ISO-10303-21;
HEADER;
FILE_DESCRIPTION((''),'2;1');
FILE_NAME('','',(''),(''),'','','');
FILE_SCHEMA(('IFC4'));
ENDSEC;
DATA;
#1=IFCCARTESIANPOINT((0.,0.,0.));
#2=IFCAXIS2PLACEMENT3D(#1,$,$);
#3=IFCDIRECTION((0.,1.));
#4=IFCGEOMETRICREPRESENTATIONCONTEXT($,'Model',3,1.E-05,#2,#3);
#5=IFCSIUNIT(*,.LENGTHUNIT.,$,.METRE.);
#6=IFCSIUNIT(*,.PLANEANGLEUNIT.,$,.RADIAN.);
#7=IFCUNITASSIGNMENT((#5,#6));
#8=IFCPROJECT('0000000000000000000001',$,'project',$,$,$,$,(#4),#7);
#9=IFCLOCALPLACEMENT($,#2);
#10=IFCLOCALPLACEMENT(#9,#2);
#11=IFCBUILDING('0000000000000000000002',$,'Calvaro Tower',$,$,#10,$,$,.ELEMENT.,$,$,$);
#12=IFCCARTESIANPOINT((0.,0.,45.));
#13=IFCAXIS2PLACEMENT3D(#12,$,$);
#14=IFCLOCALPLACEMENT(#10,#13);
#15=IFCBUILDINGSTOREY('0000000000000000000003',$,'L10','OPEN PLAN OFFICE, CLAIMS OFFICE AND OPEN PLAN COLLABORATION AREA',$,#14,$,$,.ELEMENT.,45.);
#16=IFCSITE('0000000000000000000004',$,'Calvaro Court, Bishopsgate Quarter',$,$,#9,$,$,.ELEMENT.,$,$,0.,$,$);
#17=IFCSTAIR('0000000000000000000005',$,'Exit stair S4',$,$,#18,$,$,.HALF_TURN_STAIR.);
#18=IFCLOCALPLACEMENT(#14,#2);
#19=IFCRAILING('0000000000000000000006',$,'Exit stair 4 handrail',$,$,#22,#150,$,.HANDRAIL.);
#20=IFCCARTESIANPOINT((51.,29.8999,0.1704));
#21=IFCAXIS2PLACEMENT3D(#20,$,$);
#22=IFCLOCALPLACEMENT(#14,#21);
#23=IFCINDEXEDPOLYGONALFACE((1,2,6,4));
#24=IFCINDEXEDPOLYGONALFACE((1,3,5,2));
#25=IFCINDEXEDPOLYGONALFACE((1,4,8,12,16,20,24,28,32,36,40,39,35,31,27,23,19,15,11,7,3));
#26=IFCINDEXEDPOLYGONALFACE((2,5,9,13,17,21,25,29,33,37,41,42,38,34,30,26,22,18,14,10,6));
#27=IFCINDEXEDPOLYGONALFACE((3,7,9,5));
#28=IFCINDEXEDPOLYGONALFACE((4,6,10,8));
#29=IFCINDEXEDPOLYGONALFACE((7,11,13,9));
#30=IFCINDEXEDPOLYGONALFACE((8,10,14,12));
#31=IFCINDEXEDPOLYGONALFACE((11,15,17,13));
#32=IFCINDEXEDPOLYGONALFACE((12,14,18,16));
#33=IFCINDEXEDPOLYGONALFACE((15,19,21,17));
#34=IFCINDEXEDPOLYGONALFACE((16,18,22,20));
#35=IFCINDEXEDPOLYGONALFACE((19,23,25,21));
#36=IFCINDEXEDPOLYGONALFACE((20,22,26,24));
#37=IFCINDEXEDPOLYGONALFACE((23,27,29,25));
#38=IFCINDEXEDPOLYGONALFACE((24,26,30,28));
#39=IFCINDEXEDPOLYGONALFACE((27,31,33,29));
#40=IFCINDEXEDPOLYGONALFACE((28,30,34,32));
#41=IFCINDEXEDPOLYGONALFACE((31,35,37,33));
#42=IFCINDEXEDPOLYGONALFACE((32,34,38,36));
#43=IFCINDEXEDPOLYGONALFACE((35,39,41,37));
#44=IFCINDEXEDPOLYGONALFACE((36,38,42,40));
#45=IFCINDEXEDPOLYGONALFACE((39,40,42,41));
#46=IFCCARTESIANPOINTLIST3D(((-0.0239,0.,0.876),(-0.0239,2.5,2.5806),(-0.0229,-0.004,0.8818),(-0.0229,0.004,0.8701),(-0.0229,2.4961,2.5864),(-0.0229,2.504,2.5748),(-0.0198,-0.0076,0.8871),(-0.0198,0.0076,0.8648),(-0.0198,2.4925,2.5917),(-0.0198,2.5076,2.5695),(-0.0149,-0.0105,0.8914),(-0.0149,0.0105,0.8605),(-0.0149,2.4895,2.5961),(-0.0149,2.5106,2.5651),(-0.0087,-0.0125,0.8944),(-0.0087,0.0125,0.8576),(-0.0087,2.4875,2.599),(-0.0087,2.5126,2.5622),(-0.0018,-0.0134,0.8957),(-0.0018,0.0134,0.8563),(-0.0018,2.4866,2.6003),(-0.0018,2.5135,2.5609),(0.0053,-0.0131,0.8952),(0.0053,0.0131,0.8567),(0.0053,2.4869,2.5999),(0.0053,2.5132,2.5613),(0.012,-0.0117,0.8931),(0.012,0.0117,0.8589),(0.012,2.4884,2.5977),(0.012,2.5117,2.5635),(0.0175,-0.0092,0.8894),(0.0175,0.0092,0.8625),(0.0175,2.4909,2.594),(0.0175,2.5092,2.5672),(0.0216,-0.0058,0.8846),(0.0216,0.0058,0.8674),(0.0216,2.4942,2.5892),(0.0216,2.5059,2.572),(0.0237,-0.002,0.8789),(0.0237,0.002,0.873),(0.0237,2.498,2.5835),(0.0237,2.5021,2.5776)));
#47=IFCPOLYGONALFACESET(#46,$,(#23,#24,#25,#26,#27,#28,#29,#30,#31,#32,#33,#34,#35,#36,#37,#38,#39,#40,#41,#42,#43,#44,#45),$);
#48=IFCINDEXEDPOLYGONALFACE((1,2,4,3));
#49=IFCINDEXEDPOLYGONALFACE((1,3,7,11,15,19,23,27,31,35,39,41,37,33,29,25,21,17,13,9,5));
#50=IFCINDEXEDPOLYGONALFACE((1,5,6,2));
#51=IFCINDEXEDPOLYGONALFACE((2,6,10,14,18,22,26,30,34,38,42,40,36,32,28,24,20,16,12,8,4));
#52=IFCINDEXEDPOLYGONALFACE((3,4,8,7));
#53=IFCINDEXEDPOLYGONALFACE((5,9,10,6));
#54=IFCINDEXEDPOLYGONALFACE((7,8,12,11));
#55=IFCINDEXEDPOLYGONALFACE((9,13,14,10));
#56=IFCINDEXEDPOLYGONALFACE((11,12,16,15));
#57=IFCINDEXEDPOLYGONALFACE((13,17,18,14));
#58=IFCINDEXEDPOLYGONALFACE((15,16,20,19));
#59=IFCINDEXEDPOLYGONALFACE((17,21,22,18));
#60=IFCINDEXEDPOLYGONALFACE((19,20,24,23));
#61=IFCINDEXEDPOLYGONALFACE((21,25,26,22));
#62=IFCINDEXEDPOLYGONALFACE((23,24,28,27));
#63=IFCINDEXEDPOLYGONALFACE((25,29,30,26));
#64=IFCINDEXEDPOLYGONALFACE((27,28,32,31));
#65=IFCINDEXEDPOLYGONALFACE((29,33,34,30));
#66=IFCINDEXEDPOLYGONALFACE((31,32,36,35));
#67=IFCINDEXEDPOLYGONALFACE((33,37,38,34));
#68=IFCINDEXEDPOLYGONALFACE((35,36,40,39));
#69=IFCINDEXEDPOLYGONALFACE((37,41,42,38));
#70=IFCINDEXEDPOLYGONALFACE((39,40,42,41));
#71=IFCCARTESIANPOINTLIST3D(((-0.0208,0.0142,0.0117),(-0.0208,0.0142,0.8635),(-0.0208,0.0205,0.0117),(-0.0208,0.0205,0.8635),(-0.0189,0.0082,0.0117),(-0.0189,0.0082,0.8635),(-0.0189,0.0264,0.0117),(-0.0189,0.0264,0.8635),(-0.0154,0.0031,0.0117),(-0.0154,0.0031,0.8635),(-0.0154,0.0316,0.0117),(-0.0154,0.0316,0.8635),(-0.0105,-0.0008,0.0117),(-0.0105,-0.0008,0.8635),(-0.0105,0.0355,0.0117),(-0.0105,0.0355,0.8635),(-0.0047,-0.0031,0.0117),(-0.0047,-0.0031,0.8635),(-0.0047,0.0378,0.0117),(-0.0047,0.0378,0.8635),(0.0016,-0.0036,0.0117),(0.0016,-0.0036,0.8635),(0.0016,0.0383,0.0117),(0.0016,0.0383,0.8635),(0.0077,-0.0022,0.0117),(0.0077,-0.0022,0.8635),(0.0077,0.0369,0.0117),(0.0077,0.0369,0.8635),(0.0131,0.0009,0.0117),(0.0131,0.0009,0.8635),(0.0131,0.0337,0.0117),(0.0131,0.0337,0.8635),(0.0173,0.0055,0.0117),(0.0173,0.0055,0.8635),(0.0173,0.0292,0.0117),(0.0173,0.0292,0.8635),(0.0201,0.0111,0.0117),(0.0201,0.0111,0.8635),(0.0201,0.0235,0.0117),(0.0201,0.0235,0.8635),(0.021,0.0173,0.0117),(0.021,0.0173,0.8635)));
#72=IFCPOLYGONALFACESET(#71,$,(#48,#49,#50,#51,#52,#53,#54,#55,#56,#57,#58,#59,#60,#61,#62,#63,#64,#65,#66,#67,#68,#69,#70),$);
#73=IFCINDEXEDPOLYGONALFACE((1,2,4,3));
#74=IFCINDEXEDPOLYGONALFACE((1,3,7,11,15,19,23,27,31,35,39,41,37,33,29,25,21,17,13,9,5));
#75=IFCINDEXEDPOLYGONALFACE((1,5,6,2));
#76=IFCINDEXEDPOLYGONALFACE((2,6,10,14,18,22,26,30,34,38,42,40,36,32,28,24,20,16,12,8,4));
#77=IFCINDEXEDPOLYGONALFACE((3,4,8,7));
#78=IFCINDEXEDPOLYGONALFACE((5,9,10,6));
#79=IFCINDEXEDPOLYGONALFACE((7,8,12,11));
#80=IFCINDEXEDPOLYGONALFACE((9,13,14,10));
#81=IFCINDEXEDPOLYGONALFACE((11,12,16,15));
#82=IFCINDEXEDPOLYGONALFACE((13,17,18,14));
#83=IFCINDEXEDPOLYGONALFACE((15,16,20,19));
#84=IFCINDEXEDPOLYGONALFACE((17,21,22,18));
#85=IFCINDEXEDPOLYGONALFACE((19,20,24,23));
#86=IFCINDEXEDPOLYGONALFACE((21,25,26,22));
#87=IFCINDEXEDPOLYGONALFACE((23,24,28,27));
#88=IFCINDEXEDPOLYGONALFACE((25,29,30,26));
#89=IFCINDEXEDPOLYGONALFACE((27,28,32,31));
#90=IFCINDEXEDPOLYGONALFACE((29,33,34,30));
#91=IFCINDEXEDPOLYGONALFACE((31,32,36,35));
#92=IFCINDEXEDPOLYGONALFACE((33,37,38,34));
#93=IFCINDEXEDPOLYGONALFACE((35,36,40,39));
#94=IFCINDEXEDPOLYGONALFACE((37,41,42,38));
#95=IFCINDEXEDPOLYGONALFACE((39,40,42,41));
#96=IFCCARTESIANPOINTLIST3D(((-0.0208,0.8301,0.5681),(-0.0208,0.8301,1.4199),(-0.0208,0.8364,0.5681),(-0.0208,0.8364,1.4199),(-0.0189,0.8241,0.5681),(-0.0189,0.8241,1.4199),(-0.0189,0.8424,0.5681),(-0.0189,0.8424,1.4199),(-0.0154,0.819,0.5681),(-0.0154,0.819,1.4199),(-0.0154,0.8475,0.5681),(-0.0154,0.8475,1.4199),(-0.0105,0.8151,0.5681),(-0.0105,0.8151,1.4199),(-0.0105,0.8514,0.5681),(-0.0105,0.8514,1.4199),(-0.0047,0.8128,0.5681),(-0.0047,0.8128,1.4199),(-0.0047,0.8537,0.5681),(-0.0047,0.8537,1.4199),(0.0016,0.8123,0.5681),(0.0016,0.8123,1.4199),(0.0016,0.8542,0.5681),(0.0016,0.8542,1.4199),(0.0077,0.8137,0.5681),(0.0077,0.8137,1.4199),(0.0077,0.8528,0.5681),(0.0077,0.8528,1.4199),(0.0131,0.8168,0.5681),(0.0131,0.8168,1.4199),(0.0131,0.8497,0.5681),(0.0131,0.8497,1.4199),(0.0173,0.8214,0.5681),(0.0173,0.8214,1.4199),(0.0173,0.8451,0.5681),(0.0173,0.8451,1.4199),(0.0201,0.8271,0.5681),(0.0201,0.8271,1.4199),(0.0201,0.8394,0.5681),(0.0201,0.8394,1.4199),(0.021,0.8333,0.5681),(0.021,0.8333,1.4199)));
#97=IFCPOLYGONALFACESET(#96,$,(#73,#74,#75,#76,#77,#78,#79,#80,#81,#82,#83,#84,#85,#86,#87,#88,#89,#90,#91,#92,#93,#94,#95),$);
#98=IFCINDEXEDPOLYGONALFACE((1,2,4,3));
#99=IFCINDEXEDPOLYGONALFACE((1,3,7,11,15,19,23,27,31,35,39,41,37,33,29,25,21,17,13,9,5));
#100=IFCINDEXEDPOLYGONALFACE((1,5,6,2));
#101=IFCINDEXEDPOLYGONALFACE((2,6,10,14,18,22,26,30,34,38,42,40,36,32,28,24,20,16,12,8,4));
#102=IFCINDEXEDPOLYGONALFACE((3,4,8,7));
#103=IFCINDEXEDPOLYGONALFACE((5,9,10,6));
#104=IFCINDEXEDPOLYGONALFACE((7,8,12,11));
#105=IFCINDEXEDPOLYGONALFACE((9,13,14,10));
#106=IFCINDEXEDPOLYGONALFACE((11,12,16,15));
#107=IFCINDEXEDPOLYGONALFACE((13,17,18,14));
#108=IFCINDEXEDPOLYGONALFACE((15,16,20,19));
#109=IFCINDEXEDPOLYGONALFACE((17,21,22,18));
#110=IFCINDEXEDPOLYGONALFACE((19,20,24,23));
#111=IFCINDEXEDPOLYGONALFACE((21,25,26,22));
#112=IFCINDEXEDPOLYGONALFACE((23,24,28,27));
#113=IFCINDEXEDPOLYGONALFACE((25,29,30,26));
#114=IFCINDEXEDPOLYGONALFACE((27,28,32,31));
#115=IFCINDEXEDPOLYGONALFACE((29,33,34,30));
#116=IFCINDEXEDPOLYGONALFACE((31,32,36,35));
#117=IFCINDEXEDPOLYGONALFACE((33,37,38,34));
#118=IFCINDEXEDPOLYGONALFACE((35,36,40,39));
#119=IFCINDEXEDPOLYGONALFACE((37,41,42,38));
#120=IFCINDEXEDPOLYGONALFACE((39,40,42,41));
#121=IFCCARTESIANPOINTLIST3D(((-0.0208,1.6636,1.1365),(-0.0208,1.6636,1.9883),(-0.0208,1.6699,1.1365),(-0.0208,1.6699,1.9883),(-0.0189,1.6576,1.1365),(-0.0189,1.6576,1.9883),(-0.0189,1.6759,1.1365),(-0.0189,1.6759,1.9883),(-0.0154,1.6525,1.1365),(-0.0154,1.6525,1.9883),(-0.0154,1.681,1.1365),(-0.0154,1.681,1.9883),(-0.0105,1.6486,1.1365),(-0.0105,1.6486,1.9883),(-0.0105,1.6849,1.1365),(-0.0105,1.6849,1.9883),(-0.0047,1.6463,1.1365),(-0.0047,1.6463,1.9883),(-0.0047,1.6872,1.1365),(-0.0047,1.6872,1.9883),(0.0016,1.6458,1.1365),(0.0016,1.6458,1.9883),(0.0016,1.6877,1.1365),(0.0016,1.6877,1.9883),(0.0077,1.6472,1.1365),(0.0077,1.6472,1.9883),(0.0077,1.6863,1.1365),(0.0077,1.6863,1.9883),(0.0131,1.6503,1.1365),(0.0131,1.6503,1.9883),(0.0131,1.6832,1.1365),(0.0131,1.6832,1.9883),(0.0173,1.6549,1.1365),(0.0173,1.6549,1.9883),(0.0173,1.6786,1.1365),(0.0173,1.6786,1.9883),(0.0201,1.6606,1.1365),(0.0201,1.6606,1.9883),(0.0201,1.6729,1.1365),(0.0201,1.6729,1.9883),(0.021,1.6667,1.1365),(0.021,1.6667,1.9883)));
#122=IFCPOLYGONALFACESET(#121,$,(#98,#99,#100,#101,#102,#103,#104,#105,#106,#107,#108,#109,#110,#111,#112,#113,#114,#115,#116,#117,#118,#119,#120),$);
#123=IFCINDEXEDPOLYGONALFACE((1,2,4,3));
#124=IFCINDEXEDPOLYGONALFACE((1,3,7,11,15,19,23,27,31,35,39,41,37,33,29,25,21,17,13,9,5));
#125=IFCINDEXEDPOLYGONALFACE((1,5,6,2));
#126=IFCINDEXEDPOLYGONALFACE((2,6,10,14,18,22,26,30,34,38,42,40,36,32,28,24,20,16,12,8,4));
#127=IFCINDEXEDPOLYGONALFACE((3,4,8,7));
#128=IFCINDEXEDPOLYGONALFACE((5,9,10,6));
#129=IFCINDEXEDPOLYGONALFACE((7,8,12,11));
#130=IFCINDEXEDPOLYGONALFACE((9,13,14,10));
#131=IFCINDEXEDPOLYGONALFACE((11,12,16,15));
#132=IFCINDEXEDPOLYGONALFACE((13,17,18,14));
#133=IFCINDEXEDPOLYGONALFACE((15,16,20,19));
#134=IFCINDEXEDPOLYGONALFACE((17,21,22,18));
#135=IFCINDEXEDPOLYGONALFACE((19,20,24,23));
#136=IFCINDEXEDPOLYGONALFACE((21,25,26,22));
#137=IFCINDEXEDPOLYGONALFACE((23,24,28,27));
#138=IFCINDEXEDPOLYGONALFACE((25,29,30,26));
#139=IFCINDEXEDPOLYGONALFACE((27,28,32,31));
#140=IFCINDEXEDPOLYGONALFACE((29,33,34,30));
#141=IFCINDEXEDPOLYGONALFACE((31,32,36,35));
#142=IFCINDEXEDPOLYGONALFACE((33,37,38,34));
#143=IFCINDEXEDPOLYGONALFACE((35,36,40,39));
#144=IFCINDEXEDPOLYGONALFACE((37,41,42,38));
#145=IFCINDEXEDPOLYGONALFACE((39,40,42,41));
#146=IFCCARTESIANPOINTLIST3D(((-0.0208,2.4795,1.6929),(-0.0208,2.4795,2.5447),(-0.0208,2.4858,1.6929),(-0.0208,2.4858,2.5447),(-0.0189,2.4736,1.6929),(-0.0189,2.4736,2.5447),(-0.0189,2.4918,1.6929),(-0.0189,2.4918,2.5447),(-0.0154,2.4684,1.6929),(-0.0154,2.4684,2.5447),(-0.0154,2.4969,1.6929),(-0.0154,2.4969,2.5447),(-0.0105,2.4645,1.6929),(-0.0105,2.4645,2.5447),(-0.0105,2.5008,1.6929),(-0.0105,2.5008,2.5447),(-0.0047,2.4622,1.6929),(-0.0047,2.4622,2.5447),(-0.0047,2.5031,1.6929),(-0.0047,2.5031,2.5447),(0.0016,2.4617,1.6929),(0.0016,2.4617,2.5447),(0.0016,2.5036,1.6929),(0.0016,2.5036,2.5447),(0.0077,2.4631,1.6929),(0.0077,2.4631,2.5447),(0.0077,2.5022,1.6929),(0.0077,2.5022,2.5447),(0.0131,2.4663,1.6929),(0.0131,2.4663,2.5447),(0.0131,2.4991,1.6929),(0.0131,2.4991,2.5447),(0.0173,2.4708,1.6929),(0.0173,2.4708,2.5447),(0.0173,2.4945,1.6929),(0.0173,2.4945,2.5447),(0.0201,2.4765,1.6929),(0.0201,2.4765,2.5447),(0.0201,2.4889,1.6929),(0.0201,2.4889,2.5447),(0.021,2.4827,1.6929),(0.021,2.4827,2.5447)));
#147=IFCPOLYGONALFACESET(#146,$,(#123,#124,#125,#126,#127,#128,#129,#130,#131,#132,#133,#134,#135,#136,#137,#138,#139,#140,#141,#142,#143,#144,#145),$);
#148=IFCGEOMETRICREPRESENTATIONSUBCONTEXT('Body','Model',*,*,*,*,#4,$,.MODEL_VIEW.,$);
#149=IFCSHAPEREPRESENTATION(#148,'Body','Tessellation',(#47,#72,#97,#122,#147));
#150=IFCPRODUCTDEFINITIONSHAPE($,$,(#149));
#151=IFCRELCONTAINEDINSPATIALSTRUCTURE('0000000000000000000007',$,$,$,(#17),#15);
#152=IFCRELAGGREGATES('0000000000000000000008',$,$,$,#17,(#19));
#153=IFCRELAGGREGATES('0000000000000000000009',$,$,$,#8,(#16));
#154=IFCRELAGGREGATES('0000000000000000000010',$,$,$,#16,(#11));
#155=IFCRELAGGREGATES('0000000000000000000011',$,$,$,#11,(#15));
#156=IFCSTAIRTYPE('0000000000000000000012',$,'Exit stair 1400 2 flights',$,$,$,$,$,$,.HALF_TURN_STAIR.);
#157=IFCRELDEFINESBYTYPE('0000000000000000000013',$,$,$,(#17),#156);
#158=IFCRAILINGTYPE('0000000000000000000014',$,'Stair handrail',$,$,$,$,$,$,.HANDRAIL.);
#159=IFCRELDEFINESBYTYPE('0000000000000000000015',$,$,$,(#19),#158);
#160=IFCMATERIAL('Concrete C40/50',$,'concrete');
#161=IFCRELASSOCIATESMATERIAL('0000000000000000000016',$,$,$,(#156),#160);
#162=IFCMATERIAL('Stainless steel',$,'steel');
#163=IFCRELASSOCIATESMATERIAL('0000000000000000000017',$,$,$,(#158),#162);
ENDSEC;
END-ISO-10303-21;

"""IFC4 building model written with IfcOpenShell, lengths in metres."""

from ifc_helpers import new_model, si_unit, direction, frame, origin, origin_2d, place, context, subcontext, project, spatial, circle, extrude, material, type_object, element, aggregate, save


model = new_model("IFC4")

# Units and contexts
model_context = context("Model", 3, precision=1e-05, world=origin(), true_north=direction((0.0, 1.0)))
body_context = subcontext(model_context, "Body", "Model", "MODEL_VIEW")
ifc_project = project(units=[si_unit("LENGTHUNIT", "METRE"), si_unit("PLANEANGLEUNIT", "RADIAN")], contexts=[model_context])

# Site, building, storey
site_placement = place(None, origin())
site = spatial("IfcSite", under=ifc_project, at=site_placement, Name="Calvaro Court, Bishopsgate Quarter", CompositionType="ELEMENT", RefElevation=0.0)
building_placement = place(site_placement, origin())
building = spatial("IfcBuilding", under=site, at=building_placement, Name="Calvaro Tower", CompositionType="ELEMENT")
storey_placement = place(building_placement, frame((0.0, 0.0, 45.0)))
storey = spatial("IfcBuildingStorey", under=building, at=storey_placement, Name="L10", Description="OPEN PLAN OFFICE, CLAIMS OFFICE AND OPEN PLAN COLLABORATION AREA", CompositionType="ELEMENT", Elevation=45.0)

# Stair
ifc_material_1 = material(Name="Concrete C40/50", Category="concrete")
stair_type = type_object("IfcStairType", Name="Exit stair 1400 2 flights", PredefinedType="HALF_TURN_STAIR", material=ifc_material_1)
stair_1_placement = place(storey_placement, origin())
stair_1 = element("IfcStair", 1, at=stair_1_placement, inside=storey, type_object=stair_type, Name="Exit stair S4", PredefinedType="HALF_TURN_STAIR")

# Railing
ifc_material_2 = material(Name="Stainless steel", Category="steel")
railing_type = type_object("IfcRailingType", Name="Stair handrail", PredefinedType="HANDRAIL", material=ifc_material_2)
railing_1_placement = place(storey_placement, frame((51.0, 29.8999, 0.1704)))
railing_1 = element("IfcRailing", 2, at=railing_1_placement, type_object=railing_type, Name="Exit stair 4 handrail", PredefinedType="HANDRAIL", context=body_context, shape_type="SweptSolid", body=[
    extrude(circle(Radius=0.0239, at=origin_2d()), frame((0.0, 0.0, 0.876), z_axis=(0.0, 0.826221, 0.563347), x_axis=(-1.0, 0.0, 0.0)), (0.0, 0.0, 1.0), 3.0259),
    extrude(circle(Radius=0.021, at=origin_2d()), frame((0.0, 0.0173, 0.0117)), (0.0, 0.0, 1.0), 0.8518),
    extrude(circle(Radius=0.021, at=origin_2d()), frame((0.0, 0.8333, 0.5681)), (0.0, 0.0, 1.0), 0.8518),
    extrude(circle(Radius=0.021, at=origin_2d()), frame((0.0, 1.6667, 1.1365)), (0.0, 0.0, 1.0), 0.8518),
    extrude(circle(Radius=0.021, at=origin_2d()), frame((0.0, 2.4827, 1.6929)), (0.0, 0.0, 1.0), 0.8518),
])
aggregate(stair_1, [railing_1])

save(model, "model.ifc")
